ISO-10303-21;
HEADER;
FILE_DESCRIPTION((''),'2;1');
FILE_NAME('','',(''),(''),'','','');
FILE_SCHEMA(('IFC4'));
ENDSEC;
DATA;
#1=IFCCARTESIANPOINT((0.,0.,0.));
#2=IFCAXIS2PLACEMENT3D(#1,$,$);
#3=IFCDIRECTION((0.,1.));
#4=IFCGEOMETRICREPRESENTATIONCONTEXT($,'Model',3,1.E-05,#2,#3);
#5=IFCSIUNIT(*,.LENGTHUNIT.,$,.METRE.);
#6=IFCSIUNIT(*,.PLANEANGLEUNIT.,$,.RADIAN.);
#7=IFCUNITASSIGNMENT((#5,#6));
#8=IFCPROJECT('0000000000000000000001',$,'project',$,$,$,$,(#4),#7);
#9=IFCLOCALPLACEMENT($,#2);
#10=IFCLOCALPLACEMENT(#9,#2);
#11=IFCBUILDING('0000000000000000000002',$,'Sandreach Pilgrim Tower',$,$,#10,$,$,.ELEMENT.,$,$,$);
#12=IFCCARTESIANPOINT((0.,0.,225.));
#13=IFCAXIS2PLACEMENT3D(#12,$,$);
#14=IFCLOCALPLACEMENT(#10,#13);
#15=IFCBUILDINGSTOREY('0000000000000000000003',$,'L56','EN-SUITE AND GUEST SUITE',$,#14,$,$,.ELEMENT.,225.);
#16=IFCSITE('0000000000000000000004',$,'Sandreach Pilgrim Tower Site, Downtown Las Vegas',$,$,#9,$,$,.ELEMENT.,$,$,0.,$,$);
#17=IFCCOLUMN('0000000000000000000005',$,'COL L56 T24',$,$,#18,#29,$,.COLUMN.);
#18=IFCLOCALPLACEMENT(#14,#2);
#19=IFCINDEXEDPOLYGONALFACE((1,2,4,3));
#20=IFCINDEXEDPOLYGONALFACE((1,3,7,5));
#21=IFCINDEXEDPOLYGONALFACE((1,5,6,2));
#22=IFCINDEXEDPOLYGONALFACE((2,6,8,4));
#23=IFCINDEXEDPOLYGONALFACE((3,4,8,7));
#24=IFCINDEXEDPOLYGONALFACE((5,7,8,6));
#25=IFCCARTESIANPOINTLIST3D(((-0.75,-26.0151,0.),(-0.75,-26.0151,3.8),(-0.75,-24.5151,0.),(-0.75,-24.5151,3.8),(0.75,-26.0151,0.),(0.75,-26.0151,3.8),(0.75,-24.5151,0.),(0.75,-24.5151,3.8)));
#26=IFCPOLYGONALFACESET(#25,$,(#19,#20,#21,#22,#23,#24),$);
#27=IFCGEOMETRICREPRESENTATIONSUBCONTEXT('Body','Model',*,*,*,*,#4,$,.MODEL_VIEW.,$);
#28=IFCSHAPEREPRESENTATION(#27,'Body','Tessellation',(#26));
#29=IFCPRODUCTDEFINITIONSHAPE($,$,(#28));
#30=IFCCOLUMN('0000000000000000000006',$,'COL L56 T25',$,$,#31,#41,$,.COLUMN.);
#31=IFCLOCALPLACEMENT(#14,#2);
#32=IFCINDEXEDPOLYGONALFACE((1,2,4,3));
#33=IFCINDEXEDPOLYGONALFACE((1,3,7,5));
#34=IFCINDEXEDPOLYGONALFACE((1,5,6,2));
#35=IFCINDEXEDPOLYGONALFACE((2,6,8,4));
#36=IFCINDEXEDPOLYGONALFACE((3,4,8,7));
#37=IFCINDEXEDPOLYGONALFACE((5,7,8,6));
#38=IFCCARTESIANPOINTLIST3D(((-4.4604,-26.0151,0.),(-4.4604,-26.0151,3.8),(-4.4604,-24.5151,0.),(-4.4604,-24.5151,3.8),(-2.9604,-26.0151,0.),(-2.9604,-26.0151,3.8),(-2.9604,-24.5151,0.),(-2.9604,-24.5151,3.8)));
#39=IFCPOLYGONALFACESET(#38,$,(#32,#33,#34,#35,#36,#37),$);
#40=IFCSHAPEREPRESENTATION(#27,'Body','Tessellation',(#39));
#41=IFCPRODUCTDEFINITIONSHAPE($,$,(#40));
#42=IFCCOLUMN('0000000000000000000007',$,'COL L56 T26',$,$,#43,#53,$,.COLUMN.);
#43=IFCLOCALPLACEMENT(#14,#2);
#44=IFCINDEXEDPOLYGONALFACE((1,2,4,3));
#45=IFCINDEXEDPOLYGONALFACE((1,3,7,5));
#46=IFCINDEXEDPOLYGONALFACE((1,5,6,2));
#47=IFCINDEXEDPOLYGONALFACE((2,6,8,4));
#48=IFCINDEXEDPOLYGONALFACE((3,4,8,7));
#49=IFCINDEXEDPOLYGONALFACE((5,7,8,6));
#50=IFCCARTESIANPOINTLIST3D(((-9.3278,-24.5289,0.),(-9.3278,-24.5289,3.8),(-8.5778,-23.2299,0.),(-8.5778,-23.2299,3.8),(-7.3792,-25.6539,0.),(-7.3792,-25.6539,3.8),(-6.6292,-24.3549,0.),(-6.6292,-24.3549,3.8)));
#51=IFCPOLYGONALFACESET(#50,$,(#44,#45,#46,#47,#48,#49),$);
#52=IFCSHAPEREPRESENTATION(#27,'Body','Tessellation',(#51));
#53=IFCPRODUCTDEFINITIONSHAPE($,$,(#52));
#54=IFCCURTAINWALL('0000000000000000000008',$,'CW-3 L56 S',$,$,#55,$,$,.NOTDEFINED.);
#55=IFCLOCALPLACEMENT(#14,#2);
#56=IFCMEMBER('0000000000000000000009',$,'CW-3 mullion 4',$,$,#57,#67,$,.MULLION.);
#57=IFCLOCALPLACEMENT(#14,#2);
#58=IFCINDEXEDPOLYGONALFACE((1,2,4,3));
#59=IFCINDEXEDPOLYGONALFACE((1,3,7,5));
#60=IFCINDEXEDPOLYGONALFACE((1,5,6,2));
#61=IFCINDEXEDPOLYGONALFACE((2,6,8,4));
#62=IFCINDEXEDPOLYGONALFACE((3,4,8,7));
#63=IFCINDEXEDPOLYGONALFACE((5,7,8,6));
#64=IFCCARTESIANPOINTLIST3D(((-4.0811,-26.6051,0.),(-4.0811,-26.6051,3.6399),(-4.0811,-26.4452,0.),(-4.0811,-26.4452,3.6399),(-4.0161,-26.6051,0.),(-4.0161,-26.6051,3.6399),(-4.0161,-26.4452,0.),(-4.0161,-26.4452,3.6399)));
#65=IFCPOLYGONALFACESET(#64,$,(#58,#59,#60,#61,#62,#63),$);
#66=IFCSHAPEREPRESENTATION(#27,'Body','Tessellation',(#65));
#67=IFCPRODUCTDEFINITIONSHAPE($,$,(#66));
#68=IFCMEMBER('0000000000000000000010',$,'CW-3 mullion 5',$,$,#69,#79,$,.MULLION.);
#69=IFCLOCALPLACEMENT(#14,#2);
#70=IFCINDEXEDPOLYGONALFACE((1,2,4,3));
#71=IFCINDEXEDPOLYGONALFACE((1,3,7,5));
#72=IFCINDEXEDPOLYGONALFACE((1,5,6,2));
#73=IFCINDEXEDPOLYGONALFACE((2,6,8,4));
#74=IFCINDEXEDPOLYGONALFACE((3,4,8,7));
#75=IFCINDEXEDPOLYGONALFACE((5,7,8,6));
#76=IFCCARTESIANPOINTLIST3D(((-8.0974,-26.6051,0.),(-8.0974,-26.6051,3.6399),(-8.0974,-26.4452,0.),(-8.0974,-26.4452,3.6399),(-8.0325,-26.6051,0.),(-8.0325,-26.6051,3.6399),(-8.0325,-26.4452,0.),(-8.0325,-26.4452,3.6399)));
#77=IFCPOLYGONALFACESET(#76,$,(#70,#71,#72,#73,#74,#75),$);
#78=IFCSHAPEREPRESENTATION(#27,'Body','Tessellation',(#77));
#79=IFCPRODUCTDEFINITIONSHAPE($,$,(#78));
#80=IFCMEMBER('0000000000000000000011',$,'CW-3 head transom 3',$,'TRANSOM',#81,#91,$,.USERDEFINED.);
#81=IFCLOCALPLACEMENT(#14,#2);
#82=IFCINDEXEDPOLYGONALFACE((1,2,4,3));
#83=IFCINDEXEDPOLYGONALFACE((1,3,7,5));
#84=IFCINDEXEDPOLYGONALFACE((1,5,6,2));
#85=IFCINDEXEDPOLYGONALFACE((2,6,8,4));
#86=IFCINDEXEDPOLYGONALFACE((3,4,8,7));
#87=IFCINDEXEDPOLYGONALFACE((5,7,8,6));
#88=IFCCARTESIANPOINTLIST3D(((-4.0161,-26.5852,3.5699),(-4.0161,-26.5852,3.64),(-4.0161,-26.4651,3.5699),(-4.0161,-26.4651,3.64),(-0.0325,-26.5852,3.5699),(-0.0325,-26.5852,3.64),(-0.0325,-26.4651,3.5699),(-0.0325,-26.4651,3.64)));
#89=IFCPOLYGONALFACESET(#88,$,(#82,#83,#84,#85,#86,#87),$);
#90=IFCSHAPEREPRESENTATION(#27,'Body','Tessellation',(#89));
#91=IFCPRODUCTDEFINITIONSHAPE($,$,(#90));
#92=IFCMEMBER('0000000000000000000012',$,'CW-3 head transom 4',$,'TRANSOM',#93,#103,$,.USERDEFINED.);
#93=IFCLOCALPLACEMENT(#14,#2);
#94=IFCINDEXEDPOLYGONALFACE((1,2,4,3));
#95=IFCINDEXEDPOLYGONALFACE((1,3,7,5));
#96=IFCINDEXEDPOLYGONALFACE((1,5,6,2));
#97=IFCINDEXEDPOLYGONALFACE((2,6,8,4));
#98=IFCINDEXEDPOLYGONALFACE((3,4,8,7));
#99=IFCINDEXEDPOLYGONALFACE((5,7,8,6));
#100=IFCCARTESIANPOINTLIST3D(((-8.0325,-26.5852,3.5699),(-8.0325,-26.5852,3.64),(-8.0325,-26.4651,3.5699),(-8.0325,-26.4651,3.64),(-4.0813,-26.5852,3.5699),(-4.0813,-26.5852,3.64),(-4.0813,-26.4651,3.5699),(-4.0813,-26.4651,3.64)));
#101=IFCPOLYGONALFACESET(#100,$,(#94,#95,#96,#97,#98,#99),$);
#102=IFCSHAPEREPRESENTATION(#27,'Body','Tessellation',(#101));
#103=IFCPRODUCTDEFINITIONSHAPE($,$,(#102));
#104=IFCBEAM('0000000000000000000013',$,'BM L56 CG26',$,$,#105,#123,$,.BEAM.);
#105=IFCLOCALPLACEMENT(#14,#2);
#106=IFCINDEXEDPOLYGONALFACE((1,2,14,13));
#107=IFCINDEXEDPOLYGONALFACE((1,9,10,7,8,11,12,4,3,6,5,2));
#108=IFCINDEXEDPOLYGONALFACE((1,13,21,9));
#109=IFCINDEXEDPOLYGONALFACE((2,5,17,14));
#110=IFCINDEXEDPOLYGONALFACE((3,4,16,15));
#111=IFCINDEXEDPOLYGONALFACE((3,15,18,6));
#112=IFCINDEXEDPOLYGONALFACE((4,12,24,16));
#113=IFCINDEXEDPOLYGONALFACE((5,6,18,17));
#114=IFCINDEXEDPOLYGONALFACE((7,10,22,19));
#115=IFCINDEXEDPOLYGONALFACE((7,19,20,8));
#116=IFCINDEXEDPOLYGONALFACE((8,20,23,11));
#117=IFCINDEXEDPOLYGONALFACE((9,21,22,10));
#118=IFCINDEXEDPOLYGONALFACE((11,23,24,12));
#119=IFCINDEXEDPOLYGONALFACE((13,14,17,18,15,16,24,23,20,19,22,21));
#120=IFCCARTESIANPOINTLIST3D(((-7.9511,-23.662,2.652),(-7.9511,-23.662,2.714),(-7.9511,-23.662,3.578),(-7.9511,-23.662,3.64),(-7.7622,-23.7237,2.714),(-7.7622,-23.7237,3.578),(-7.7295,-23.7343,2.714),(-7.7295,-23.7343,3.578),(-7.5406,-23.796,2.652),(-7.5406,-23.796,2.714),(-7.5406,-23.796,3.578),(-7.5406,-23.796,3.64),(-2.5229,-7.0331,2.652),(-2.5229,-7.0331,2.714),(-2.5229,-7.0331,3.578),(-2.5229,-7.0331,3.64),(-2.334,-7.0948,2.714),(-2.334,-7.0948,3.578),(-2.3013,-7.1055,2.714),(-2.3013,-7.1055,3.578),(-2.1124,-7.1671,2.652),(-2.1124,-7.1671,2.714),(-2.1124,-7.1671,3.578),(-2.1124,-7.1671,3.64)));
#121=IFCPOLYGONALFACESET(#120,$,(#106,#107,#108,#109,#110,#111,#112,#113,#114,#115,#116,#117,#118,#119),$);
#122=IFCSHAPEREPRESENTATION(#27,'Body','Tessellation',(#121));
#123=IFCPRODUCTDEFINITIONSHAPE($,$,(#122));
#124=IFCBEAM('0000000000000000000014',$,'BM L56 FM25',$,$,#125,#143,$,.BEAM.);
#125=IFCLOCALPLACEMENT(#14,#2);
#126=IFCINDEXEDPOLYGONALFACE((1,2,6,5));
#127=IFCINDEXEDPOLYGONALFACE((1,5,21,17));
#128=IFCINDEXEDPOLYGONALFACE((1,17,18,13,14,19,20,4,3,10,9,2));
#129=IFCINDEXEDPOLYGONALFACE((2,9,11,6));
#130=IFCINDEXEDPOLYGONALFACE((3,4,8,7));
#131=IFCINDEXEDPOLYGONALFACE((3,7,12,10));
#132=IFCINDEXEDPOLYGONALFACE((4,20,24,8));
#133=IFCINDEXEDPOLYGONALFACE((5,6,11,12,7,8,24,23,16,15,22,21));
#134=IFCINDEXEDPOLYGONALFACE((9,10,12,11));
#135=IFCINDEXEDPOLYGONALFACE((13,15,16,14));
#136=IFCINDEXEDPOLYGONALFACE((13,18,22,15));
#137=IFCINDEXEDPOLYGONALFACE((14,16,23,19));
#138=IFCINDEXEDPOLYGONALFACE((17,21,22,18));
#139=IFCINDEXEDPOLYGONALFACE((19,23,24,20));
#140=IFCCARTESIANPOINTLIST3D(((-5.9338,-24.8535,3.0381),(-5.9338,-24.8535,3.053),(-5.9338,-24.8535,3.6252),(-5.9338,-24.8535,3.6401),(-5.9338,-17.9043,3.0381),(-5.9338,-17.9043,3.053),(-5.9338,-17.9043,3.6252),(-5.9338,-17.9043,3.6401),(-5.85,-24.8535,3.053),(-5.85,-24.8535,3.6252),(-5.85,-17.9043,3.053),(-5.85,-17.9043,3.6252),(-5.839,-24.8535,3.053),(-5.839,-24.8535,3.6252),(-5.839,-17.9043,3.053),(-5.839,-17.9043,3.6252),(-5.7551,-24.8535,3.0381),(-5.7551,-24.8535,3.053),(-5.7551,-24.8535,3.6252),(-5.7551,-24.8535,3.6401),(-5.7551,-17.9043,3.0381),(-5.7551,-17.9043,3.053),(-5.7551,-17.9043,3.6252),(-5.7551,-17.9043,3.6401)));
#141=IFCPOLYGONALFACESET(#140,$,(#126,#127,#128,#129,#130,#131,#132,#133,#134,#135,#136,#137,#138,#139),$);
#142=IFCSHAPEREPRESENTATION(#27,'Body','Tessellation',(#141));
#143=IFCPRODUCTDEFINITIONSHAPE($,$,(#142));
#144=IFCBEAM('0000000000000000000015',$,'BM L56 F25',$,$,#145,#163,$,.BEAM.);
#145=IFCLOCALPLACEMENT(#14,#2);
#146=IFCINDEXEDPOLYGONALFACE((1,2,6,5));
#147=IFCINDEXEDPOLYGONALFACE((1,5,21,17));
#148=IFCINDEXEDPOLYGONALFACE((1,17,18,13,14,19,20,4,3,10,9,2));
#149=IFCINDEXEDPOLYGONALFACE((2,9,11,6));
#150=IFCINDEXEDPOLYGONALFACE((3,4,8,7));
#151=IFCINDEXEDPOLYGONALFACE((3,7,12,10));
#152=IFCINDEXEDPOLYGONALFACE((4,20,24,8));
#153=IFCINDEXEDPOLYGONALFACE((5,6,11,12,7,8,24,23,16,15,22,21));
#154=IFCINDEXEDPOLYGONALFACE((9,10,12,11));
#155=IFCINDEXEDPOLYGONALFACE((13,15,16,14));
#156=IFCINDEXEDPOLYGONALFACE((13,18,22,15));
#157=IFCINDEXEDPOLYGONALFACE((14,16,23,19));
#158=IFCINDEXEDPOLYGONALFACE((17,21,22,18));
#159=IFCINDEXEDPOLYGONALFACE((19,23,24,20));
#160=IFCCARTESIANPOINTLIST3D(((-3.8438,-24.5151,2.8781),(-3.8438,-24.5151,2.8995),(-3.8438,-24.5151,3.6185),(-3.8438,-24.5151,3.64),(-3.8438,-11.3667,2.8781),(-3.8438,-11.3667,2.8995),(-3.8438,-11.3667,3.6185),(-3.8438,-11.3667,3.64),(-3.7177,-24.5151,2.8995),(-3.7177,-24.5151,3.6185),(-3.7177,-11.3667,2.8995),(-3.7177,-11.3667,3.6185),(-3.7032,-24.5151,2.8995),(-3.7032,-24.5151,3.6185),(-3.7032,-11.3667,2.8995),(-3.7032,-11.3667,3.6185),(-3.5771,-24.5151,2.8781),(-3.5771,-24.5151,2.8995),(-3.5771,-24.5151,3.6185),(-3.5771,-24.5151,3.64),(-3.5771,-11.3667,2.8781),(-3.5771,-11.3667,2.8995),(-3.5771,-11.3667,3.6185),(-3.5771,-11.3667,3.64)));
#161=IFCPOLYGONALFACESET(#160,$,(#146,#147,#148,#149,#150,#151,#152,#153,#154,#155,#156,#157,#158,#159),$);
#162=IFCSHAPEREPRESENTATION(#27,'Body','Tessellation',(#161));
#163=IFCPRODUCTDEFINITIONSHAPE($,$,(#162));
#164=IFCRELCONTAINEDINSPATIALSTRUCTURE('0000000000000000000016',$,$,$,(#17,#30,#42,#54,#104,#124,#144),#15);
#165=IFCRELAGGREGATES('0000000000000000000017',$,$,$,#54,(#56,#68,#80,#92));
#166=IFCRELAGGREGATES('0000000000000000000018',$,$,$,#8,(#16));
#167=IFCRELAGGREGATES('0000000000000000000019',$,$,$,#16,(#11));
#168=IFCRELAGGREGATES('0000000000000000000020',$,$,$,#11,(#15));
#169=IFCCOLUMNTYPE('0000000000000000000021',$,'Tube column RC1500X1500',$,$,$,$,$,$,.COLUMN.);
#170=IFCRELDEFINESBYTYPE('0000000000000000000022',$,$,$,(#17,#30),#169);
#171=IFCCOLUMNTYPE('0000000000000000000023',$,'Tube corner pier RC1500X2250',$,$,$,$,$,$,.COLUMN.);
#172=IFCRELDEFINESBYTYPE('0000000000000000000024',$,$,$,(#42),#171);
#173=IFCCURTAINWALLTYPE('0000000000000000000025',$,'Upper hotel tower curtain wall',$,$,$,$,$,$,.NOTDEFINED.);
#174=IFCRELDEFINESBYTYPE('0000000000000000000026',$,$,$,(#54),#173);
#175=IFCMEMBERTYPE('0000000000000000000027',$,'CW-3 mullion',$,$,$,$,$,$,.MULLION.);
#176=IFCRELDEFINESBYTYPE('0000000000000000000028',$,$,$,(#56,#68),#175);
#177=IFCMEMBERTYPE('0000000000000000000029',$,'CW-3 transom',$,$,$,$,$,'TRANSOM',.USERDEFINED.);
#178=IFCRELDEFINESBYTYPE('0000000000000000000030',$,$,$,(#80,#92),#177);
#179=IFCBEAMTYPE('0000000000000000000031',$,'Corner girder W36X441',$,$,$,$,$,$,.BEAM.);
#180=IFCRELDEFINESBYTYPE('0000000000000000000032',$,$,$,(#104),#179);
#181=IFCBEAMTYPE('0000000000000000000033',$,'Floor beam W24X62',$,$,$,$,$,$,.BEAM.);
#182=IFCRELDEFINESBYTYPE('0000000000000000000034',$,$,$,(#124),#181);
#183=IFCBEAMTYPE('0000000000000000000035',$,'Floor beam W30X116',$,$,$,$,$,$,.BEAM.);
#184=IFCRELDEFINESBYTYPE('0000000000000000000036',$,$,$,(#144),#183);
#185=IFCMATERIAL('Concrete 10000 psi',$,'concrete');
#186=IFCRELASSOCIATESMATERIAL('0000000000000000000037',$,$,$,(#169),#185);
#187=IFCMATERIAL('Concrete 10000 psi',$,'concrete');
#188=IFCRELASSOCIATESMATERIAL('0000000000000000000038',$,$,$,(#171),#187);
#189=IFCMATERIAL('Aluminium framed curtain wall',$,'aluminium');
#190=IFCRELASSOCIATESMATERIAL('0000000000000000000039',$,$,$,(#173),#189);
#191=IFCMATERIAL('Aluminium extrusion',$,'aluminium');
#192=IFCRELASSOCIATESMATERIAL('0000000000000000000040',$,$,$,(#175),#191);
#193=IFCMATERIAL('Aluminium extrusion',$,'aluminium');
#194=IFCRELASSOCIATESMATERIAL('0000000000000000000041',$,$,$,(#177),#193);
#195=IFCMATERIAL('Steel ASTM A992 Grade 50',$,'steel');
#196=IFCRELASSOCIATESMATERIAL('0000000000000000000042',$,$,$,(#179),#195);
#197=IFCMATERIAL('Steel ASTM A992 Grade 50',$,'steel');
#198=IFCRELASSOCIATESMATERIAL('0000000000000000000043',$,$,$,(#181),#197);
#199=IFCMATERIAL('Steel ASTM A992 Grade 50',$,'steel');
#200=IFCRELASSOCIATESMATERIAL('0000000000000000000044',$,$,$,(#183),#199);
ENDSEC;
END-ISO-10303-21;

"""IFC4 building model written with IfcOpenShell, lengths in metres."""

from ifc_helpers import new_model, si_unit, direction, frame, origin, origin_2d, place, context, subcontext, project, spatial, rectangle, i_section, extrude, material, material_profile, profile_set, type_object, element, aggregate, save


model = new_model("IFC4")

# Units and contexts
model_context = context("Model", 3, precision=1e-05, world=origin(), true_north=direction((0.0, 1.0)))
body_context = subcontext(model_context, "Body", "Model", "MODEL_VIEW")
ifc_project = project(units=[si_unit("LENGTHUNIT", "METRE"), si_unit("PLANEANGLEUNIT", "RADIAN")], contexts=[model_context])

# Site, building, storey
site_placement = place(None, origin())
site = spatial("IfcSite", under=ifc_project, at=site_placement, Name="Sandreach Pilgrim Tower Site, Downtown Las Vegas", CompositionType="ELEMENT", RefElevation=0.0)
building_placement = place(site_placement, origin())
building = spatial("IfcBuilding", under=site, at=building_placement, Name="Sandreach Pilgrim Tower", CompositionType="ELEMENT")
storey_placement = place(building_placement, frame((0.0, 0.0, 225.0)))
storey = spatial("IfcBuildingStorey", under=building, at=storey_placement, Name="L56", Description="EN-SUITE AND GUEST SUITE", CompositionType="ELEMENT", Elevation=225.0)

# Columns
ifc_material_1 = material(Name="Concrete 10000 psi", Category="concrete")
ifc_material_profile_1 = material_profile(ifc_material_1, rectangle(XDim=1.5, YDim=1.5, at=origin_2d()), Name="RC1500X1500")
ifc_profile_set_1 = profile_set([ifc_material_profile_1], Name="Concrete 10000 psi")
column_type_1 = type_object("IfcColumnType", Name="Tube column RC1500X1500", PredefinedType="COLUMN", material=ifc_profile_set_1)
for number, where, z_axis, x_axis, name in (
    (1, (0.0, -25.2651, 0.0), (0.0, 0.0, 1.0), (0.0, -1.0, 0.0), "COL L56 T24"),
    (2, (-3.7104, -25.2651, 0.0), (0.0, 0.0, 1.0), (0.0, -1.0, 0.0), "COL L56 T25"),
):
    element("IfcColumn", number, at=place(storey_placement, frame(where, z_axis=z_axis, x_axis=x_axis)), inside=storey, type_object=column_type_1, Name=name, PredefinedType="COLUMN", context=body_context, shape_type="SweptSolid", body=[
        extrude(rectangle(XDim=1.5, YDim=1.5, at=origin_2d()), origin(), (0.0, 0.0, 1.0), 3.8),
    ])
ifc_material_2 = material(Name="Concrete 10000 psi", Category="concrete")
ifc_material_profile_2 = material_profile(ifc_material_2, rectangle(XDim=1.5, YDim=2.25, at=origin_2d()), Name="RC1500X2250")
ifc_profile_set_2 = profile_set([ifc_material_profile_2], Name="Concrete 10000 psi")
column_type_2 = type_object("IfcColumnType", Name="Tube corner pier RC1500X2250", PredefinedType="COLUMN", material=ifc_profile_set_2)
column_placement = place(storey_placement, frame((-7.9785, -24.4419, 0.0), z_axis=(0.0, 0.0, 1.0), x_axis=(-0.5, -0.866025, 0.0)))
element("IfcColumn", 3, at=column_placement, inside=storey, type_object=column_type_2, Name="COL L56 T26", PredefinedType="COLUMN", context=body_context, shape_type="SweptSolid", body=[
    extrude(rectangle(XDim=1.5, YDim=2.25, at=origin_2d()), origin(), (0.0, 0.0, 1.0), 3.8),
])

# Curtain wall, members
ifc_material_3 = material(Name="Aluminium framed curtain wall", Category="aluminium")
curtain_wall_type = type_object("IfcCurtainWallType", Name="Upper hotel tower curtain wall", PredefinedType="NOTDEFINED", material=ifc_material_3)
curtain_wall_placement = place(storey_placement, origin())
curtain_wall = element("IfcCurtainWall", 4, at=curtain_wall_placement, inside=storey, type_object=curtain_wall_type, Name="CW-3 L56 S", PredefinedType="NOTDEFINED")
ifc_material_4 = material(Name="Aluminium extrusion", Category="aluminium")
ifc_material_profile_3 = material_profile(ifc_material_4, rectangle(XDim=0.0649, YDim=0.1599, at=origin_2d()), Name="CW-3M 65X160")
ifc_profile_set_3 = profile_set([ifc_material_profile_3], Name="Aluminium extrusion")
member_type_1 = type_object("IfcMemberType", Name="CW-3 mullion", PredefinedType="MULLION", material=ifc_profile_set_3)
member_1_placement = place(storey_placement, frame((-4.0486, -26.5251, 0.0), z_axis=(0.0, 0.0, 1.0), x_axis=(-1.0, 0.0, 0.0)))
member_1 = element("IfcMember", 5, at=member_1_placement, type_object=member_type_1, Name="CW-3 mullion 4", PredefinedType="MULLION", context=body_context, shape_type="SweptSolid", body=[
    extrude(rectangle(XDim=0.0649, YDim=0.1599, at=origin_2d()), origin(), (0.0, 0.0, 1.0), 3.6399),
])
member_2_placement = place(storey_placement, frame((-8.0649, -26.5251, 0.0), z_axis=(0.0, 0.0, 1.0), x_axis=(-1.0, 0.0, 0.0)))
member_2 = element("IfcMember", 6, at=member_2_placement, type_object=member_type_1, Name="CW-3 mullion 5", PredefinedType="MULLION", context=body_context, shape_type="SweptSolid", body=[
    extrude(rectangle(XDim=0.0649, YDim=0.1599, at=origin_2d()), origin(), (0.0, 0.0, 1.0), 3.6399),
])
ifc_material_5 = material(Name="Aluminium extrusion", Category="aluminium")
ifc_material_profile_4 = material_profile(ifc_material_5, rectangle(XDim=0.1201, YDim=0.0701, at=origin_2d()), Name="CW-3T 120X70")
ifc_profile_set_4 = profile_set([ifc_material_profile_4], Name="Aluminium extrusion")
member_type_2 = type_object("IfcMemberType", Name="CW-3 transom", ElementType="TRANSOM", PredefinedType="USERDEFINED", material=ifc_profile_set_4)
member_3_placement = place(storey_placement, frame((-0.0325, -26.5251, 3.605), z_axis=(-1.0, 0.0, 0.0), x_axis=(0.0, -1.0, 0.0)))
member_3 = element("IfcMember", 7, at=member_3_placement, type_object=member_type_2, Name="CW-3 head transom 3", ObjectType="TRANSOM", PredefinedType="USERDEFINED", context=body_context, shape_type="SweptSolid", body=[
    extrude(rectangle(XDim=0.1201, YDim=0.0701, at=origin_2d()), origin(), (0.0, 0.0, 1.0), 3.9836),
])
member_4_placement = place(storey_placement, frame((-4.0813, -26.5251, 3.605), z_axis=(-1.0, 0.0, 0.0), x_axis=(0.0, -1.0, 0.0)))
member_4 = element("IfcMember", 8, at=member_4_placement, type_object=member_type_2, Name="CW-3 head transom 4", ObjectType="TRANSOM", PredefinedType="USERDEFINED", context=body_context, shape_type="SweptSolid", body=[
    extrude(rectangle(XDim=0.1201, YDim=0.0701, at=origin_2d()), origin(), (0.0, 0.0, 1.0), 3.9512),
])

# Beams
ifc_material_6 = material(Name="Steel ASTM A992 Grade 50", Category="steel")
ifc_material_profile_5 = material_profile(ifc_material_6, i_section(OverallWidth=0.4319, OverallDepth=0.988, WebThickness=0.0344, FlangeThickness=0.062, at=origin_2d()), Name="W36X441")
ifc_profile_set_5 = profile_set([ifc_material_profile_5], Name="Steel ASTM A992 Grade 50")
beam_type_1 = type_object("IfcBeamType", Name="Corner girder W36X441", PredefinedType="BEAM", material=ifc_profile_set_5)
beam_1_placement = place(storey_placement, frame((-7.7458, -23.729, 3.146), z_axis=(0.310318, 0.950633, 0.0), x_axis=(-0.950633, 0.310318, 0.0)))
element("IfcBeam", 9, at=beam_1_placement, inside=storey, type_object=beam_type_1, Name="BM L56 CG26", PredefinedType="BEAM", context=body_context, shape_type="SweptSolid", body=[
    extrude(i_section(OverallWidth=0.4319, OverallDepth=0.988, WebThickness=0.0344, FlangeThickness=0.062, at=origin_2d()), origin(), (0.0, 0.0, 1.0), 17.4924),
])
ifc_material_7 = material(Name="Steel ASTM A992 Grade 50", Category="steel")
ifc_material_profile_6 = material_profile(ifc_material_7, i_section(OverallWidth=0.1787, OverallDepth=0.6021, WebThickness=0.011, FlangeThickness=0.0149, at=origin_2d()), Name="W24X62")
ifc_profile_set_6 = profile_set([ifc_material_profile_6], Name="Steel ASTM A992 Grade 50")
beam_type_2 = type_object("IfcBeamType", Name="Floor beam W24X62", PredefinedType="BEAM", material=ifc_profile_set_6)
beam_2_placement = place(storey_placement, frame((-5.8445, -24.8535, 3.3391), z_axis=(0.0, 1.0, 0.0), x_axis=(-1.0, 0.0, 0.0)))
element("IfcBeam", 10, at=beam_2_placement, inside=storey, type_object=beam_type_2, Name="BM L56 FM25", PredefinedType="BEAM", context=body_context, shape_type="SweptSolid", body=[
    extrude(i_section(OverallWidth=0.1787, OverallDepth=0.6021, WebThickness=0.011, FlangeThickness=0.0149, at=origin_2d()), origin(), (0.0, 0.0, 1.0), 6.9492),
])
ifc_material_8 = material(Name="Steel ASTM A992 Grade 50", Category="steel")
ifc_material_profile_7 = material_profile(ifc_material_8, i_section(OverallWidth=0.2666, OverallDepth=0.762, WebThickness=0.0144, FlangeThickness=0.0215, at=origin_2d()), Name="W30X116")
ifc_profile_set_7 = profile_set([ifc_material_profile_7], Name="Steel ASTM A992 Grade 50")
beam_type_3 = type_object("IfcBeamType", Name="Floor beam W30X116", PredefinedType="BEAM", material=ifc_profile_set_7)
beam_3_placement = place(storey_placement, frame((-3.7104, -24.5151, 3.259), z_axis=(0.0, 1.0, 0.0), x_axis=(-1.0, 0.0, 0.0)))
element("IfcBeam", 11, at=beam_3_placement, inside=storey, type_object=beam_type_3, Name="BM L56 F25", PredefinedType="BEAM", context=body_context, shape_type="SweptSolid", body=[
    extrude(i_section(OverallWidth=0.2666, OverallDepth=0.762, WebThickness=0.0144, FlangeThickness=0.0215, at=origin_2d()), origin(), (0.0, 0.0, 1.0), 13.1484),
])

aggregate(curtain_wall, [member_1, member_2, member_3, member_4])

save(model, "model.ifc")
